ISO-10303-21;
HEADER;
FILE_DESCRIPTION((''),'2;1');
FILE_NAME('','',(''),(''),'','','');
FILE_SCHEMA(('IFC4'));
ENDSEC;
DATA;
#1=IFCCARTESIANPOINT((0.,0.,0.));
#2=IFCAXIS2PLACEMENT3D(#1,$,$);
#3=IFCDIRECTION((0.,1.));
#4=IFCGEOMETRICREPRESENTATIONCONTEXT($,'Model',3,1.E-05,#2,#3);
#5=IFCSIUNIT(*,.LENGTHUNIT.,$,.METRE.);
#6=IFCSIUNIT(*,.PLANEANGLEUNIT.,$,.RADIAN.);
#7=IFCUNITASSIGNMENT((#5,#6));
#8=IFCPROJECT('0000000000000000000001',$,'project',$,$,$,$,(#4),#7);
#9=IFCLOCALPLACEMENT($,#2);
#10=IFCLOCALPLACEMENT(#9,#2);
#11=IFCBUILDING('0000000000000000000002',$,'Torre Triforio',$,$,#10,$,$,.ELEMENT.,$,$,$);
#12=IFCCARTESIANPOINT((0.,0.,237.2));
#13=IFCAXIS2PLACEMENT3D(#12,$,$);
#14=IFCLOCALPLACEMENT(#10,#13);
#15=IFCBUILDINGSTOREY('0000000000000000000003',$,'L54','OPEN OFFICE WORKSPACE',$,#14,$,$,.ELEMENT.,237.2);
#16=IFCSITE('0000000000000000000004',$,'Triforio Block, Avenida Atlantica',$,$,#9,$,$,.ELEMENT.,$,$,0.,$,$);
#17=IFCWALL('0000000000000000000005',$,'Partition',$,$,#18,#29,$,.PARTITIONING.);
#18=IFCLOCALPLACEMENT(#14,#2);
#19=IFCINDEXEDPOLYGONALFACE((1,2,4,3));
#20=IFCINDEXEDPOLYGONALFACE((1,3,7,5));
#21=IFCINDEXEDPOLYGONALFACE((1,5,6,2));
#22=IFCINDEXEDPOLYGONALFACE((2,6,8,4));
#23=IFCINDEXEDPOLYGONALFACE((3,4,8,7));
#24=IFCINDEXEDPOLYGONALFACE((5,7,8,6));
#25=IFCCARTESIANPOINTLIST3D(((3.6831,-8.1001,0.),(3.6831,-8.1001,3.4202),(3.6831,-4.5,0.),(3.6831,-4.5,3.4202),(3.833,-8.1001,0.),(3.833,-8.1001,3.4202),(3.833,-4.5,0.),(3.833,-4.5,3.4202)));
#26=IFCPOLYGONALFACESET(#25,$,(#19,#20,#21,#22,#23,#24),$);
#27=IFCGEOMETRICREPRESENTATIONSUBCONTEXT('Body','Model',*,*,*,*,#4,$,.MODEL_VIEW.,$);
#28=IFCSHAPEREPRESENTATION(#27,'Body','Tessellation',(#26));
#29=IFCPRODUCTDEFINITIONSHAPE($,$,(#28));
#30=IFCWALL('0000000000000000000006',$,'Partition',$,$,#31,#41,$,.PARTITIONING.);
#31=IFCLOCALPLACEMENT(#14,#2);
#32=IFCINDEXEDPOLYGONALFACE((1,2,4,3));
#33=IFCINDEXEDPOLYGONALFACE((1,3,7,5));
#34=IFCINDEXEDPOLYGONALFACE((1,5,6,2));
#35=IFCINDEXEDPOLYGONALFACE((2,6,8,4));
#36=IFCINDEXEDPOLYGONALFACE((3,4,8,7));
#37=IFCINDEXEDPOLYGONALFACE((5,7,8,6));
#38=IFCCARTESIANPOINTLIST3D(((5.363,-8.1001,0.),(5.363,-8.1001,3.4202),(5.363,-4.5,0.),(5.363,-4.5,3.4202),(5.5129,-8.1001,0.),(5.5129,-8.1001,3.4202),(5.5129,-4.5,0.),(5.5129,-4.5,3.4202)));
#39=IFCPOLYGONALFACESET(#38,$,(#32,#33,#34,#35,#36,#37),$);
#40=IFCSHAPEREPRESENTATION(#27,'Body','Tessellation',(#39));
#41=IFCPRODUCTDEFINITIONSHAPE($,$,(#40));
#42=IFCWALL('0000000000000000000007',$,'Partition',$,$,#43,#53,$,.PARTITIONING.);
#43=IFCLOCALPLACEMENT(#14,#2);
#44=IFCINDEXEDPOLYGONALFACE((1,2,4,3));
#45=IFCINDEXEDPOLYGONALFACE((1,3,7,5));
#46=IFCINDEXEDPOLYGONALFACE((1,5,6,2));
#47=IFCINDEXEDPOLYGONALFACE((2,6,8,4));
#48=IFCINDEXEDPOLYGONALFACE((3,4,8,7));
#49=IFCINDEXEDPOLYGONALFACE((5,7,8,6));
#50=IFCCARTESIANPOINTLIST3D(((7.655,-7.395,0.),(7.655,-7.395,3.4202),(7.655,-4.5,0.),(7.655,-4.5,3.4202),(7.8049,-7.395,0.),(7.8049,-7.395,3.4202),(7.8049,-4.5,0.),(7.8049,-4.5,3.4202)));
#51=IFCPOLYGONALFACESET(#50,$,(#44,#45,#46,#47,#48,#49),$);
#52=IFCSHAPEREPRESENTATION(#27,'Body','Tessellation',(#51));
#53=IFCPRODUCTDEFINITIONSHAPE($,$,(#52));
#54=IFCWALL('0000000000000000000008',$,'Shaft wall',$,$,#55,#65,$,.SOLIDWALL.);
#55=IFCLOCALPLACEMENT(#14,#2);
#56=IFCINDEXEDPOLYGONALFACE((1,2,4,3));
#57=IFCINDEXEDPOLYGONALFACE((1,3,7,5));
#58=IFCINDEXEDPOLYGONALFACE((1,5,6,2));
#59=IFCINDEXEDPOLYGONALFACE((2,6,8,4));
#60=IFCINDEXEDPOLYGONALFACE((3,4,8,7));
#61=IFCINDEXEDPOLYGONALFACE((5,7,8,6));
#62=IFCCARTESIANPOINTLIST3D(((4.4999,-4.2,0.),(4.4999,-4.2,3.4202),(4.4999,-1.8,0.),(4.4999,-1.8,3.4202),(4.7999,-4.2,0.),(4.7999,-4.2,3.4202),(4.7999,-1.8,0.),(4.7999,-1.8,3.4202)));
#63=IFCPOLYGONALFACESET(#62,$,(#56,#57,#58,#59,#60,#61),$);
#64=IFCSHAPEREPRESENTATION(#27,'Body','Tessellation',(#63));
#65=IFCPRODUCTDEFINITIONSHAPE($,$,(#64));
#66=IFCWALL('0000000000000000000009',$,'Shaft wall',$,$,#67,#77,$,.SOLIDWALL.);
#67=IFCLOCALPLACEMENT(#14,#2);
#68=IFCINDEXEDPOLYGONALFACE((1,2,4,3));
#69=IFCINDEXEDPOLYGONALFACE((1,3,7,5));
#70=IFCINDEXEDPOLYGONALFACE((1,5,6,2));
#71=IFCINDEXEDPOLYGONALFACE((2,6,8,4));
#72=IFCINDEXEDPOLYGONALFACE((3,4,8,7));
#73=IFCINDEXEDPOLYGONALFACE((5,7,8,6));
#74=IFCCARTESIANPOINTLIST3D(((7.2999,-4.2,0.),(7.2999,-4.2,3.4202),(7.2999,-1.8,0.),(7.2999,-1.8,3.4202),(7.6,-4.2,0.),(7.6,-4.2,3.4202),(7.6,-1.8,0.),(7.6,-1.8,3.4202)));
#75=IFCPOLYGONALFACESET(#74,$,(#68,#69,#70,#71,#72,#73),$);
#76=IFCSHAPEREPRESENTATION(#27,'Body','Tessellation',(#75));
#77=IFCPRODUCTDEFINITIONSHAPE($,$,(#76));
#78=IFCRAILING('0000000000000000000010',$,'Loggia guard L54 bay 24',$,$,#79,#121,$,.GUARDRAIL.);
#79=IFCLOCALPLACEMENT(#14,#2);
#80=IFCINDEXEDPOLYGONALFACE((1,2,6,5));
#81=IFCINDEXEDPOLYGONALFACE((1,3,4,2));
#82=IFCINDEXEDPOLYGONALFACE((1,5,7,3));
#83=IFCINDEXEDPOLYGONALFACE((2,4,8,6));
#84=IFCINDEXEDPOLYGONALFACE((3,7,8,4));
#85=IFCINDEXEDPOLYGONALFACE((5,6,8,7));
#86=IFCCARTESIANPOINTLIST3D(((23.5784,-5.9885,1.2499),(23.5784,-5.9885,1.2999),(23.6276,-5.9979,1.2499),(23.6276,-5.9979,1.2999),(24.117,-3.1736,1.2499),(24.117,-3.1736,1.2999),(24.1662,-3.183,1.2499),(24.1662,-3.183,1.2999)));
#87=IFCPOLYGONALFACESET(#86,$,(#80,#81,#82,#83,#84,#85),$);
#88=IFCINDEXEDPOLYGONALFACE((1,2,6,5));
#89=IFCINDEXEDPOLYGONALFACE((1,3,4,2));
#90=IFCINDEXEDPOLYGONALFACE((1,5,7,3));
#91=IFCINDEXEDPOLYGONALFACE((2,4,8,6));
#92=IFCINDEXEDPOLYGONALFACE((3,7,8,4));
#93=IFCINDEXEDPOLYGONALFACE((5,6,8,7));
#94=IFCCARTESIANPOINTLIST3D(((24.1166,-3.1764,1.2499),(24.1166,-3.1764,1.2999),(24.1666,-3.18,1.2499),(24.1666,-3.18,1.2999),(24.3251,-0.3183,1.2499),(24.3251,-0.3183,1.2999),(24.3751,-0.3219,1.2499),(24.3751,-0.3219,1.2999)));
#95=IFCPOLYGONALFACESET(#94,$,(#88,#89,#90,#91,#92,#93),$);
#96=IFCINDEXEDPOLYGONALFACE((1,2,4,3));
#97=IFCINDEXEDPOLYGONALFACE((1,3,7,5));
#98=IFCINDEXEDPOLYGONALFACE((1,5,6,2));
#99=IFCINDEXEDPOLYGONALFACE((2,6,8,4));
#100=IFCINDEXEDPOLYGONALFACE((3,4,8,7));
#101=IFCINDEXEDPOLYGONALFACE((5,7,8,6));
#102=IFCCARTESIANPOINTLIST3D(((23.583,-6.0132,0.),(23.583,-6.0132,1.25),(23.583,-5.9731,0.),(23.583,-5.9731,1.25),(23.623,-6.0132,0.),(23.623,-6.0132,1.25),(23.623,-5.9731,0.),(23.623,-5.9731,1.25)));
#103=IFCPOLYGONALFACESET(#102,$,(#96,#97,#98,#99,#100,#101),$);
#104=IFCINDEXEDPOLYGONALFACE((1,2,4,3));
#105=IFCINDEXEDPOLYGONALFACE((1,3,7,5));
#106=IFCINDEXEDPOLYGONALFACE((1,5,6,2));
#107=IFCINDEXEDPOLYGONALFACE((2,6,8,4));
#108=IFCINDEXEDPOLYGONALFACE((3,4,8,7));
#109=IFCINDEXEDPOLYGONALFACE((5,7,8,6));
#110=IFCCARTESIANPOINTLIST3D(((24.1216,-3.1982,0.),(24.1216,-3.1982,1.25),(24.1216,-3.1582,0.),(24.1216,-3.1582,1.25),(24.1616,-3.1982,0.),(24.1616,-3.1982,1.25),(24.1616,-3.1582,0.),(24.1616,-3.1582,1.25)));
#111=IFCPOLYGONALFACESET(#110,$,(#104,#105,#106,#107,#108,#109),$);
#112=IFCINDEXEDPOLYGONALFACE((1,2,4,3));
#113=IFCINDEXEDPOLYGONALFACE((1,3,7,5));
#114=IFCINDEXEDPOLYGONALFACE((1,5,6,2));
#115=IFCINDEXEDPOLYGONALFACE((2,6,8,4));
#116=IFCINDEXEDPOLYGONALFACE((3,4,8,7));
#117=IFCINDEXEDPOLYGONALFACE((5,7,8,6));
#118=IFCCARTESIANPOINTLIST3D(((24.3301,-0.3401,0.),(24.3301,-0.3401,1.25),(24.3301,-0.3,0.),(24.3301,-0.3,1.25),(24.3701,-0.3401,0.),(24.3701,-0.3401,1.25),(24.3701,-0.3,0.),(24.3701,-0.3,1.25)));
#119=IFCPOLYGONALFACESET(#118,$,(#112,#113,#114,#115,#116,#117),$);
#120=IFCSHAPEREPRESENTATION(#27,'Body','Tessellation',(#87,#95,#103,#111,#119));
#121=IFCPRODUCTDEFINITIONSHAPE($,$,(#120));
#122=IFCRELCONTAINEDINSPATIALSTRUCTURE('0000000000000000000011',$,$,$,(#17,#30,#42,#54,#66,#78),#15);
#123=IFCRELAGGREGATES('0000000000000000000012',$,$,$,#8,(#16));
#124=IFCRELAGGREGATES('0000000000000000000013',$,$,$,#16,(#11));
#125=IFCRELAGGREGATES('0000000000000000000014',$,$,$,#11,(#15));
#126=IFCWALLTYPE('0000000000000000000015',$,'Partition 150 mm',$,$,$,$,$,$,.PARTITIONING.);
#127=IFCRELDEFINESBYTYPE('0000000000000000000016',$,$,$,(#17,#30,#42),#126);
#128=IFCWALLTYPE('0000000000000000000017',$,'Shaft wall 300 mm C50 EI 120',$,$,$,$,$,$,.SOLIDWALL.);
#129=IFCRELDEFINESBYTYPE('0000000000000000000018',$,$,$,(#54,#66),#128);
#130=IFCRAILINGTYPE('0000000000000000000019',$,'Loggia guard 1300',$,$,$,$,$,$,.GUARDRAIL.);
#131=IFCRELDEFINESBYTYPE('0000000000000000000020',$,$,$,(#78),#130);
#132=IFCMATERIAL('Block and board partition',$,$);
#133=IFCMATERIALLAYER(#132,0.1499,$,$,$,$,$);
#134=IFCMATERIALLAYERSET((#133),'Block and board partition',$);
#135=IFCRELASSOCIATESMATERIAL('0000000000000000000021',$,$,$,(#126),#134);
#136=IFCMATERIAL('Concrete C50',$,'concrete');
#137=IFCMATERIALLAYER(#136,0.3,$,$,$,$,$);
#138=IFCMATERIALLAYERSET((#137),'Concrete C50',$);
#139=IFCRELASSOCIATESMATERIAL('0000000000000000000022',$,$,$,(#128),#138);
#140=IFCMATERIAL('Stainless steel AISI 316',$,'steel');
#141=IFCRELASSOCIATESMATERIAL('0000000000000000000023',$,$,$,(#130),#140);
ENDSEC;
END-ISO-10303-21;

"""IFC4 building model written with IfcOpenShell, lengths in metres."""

from ifc_helpers import new_model, si_unit, direction, frame, frame_2d, origin, origin_2d, place, context, subcontext, project, spatial, rectangle, extrude, material, layer, layer_set, type_object, element, save


model = new_model("IFC4")

# Units and contexts
model_context = context("Model", 3, precision=1e-05, world=origin(), true_north=direction((0.0, 1.0)))
body_context = subcontext(model_context, "Body", "Model", "MODEL_VIEW")
ifc_project = project(units=[si_unit("LENGTHUNIT", "METRE"), si_unit("PLANEANGLEUNIT", "RADIAN")], contexts=[model_context])

# Site, building, storey
site_placement = place(None, origin())
site = spatial("IfcSite", under=ifc_project, at=site_placement, Name="Triforio Block, Avenida Atlantica", CompositionType="ELEMENT", RefElevation=0.0)
building_placement = place(site_placement, origin())
building = spatial("IfcBuilding", under=site, at=building_placement, Name="Torre Triforio", CompositionType="ELEMENT")
storey_placement = place(building_placement, frame((0.0, 0.0, 237.2)))
storey = spatial("IfcBuildingStorey", under=building, at=storey_placement, Name="L54", Description="OPEN OFFICE WORKSPACE", CompositionType="ELEMENT", Elevation=237.2)

# Shared definitions
ifc_material_1 = material(Name="Concrete C50", Category="concrete")

# Walls
ifc_material_2 = material(Name="Block and board partition")
ifc_layer_1 = layer(ifc_material_2, 0.1499)
ifc_layer_set_1 = layer_set([ifc_layer_1], Name="Block and board partition")
wall_type_1 = type_object("IfcWallType", Name="Partition 150 mm", PredefinedType="PARTITIONING", material=ifc_layer_set_1)
for number, where, z_axis, x_axis, name in (
    (1, (3.7581, -8.1001, 0.0), (0.0, 0.0, 1.0), (0.0, 1.0, 0.0), "Partition"),
    (2, (5.438, -8.1001, 0.0), (0.0, 0.0, 1.0), (0.0, 1.0, 0.0), "Partition"),
):
    element("IfcWall", number, at=place(storey_placement, frame(where, z_axis=z_axis, x_axis=x_axis)), inside=storey, type_object=wall_type_1, Name=name, PredefinedType="PARTITIONING", context=body_context, shape_type="SweptSolid", body=[
        extrude(rectangle(XDim=3.6001, YDim=0.1499, at=frame_2d((1.8, 0.0))), origin(), (0.0, 0.0, 1.0), 3.4202),
    ])
wall_1_placement = place(storey_placement, frame((7.73, -7.395, 0.0), z_axis=(0.0, 0.0, 1.0), x_axis=(0.0, 1.0, 0.0)))
element("IfcWall", 3, at=wall_1_placement, inside=storey, type_object=wall_type_1, Name="Partition", PredefinedType="PARTITIONING", context=body_context, shape_type="SweptSolid", body=[
    extrude(rectangle(XDim=2.895, YDim=0.1499, at=frame_2d((1.4475, 0.0))), origin(), (0.0, 0.0, 1.0), 3.4202),
])
ifc_layer_2 = layer(ifc_material_1, 0.3)
ifc_layer_set_2 = layer_set([ifc_layer_2], Name="Concrete C50")
wall_type_2 = type_object("IfcWallType", Name="Shaft wall 300 mm C50 EI 120", PredefinedType="SOLIDWALL", material=ifc_layer_set_2)
for number, where, z_axis, x_axis, name in (
    (4, (4.6499, -4.2, 0.0), (0.0, 0.0, 1.0), (0.0, 1.0, 0.0), "Shaft wall"),
    (5, (7.45, -4.2, 0.0), (0.0, 0.0, 1.0), (0.0, 1.0, 0.0), "Shaft wall"),
):
    element("IfcWall", number, at=place(storey_placement, frame(where, z_axis=z_axis, x_axis=x_axis)), inside=storey, type_object=wall_type_2, Name=name, PredefinedType="SOLIDWALL", context=body_context, shape_type="SweptSolid", body=[
        extrude(rectangle(XDim=2.3999, YDim=0.3, at=frame_2d((1.2, 0.0))), origin(), (0.0, 0.0, 1.0), 3.4202),
    ])

# Railing
ifc_material_3 = material(Name="Stainless steel AISI 316", Category="steel")
railing_type = type_object("IfcRailingType", Name="Loggia guard 1300", PredefinedType="GUARDRAIL", material=ifc_material_3)
railing_placement = place(storey_placement, frame((23.603, -5.9932, 0.0)))
element("IfcRailing", 6, at=railing_placement, inside=storey, type_object=railing_type, Name="Loggia guard L54 bay 24", PredefinedType="GUARDRAIL", context=body_context, shape_type="SweptSolid", body=[
    extrude(rectangle(XDim=0.05, YDim=0.05, at=origin_2d()), frame((0.0, 0.0, 1.2749), z_axis=(0.187918, 0.982185, 0.0), x_axis=(-0.982185, 0.187918, 0.0)), (0.0, 0.0, 1.0), 2.866),
    extrude(rectangle(XDim=0.05, YDim=0.05, at=origin_2d()), frame((0.5386, 2.8149, 1.2749), z_axis=(0.072754, 0.99735, 0.0), x_axis=(-0.99735, 0.072754, 0.0)), (0.0, 0.0, 1.0), 2.8657),
    extrude(rectangle(XDim=0.04, YDim=0.04, at=origin_2d()), origin(), (0.0, 0.0, 1.0), 1.25),
    extrude(rectangle(XDim=0.04, YDim=0.04, at=origin_2d()), frame((0.5386, 2.8149, 0.0)), (0.0, 0.0, 1.0), 1.25),
    extrude(rectangle(XDim=0.04, YDim=0.04, at=origin_2d()), frame((0.7471, 5.6731, 0.0)), (0.0, 0.0, 1.0), 1.25),
])

save(model, "model.ifc")
